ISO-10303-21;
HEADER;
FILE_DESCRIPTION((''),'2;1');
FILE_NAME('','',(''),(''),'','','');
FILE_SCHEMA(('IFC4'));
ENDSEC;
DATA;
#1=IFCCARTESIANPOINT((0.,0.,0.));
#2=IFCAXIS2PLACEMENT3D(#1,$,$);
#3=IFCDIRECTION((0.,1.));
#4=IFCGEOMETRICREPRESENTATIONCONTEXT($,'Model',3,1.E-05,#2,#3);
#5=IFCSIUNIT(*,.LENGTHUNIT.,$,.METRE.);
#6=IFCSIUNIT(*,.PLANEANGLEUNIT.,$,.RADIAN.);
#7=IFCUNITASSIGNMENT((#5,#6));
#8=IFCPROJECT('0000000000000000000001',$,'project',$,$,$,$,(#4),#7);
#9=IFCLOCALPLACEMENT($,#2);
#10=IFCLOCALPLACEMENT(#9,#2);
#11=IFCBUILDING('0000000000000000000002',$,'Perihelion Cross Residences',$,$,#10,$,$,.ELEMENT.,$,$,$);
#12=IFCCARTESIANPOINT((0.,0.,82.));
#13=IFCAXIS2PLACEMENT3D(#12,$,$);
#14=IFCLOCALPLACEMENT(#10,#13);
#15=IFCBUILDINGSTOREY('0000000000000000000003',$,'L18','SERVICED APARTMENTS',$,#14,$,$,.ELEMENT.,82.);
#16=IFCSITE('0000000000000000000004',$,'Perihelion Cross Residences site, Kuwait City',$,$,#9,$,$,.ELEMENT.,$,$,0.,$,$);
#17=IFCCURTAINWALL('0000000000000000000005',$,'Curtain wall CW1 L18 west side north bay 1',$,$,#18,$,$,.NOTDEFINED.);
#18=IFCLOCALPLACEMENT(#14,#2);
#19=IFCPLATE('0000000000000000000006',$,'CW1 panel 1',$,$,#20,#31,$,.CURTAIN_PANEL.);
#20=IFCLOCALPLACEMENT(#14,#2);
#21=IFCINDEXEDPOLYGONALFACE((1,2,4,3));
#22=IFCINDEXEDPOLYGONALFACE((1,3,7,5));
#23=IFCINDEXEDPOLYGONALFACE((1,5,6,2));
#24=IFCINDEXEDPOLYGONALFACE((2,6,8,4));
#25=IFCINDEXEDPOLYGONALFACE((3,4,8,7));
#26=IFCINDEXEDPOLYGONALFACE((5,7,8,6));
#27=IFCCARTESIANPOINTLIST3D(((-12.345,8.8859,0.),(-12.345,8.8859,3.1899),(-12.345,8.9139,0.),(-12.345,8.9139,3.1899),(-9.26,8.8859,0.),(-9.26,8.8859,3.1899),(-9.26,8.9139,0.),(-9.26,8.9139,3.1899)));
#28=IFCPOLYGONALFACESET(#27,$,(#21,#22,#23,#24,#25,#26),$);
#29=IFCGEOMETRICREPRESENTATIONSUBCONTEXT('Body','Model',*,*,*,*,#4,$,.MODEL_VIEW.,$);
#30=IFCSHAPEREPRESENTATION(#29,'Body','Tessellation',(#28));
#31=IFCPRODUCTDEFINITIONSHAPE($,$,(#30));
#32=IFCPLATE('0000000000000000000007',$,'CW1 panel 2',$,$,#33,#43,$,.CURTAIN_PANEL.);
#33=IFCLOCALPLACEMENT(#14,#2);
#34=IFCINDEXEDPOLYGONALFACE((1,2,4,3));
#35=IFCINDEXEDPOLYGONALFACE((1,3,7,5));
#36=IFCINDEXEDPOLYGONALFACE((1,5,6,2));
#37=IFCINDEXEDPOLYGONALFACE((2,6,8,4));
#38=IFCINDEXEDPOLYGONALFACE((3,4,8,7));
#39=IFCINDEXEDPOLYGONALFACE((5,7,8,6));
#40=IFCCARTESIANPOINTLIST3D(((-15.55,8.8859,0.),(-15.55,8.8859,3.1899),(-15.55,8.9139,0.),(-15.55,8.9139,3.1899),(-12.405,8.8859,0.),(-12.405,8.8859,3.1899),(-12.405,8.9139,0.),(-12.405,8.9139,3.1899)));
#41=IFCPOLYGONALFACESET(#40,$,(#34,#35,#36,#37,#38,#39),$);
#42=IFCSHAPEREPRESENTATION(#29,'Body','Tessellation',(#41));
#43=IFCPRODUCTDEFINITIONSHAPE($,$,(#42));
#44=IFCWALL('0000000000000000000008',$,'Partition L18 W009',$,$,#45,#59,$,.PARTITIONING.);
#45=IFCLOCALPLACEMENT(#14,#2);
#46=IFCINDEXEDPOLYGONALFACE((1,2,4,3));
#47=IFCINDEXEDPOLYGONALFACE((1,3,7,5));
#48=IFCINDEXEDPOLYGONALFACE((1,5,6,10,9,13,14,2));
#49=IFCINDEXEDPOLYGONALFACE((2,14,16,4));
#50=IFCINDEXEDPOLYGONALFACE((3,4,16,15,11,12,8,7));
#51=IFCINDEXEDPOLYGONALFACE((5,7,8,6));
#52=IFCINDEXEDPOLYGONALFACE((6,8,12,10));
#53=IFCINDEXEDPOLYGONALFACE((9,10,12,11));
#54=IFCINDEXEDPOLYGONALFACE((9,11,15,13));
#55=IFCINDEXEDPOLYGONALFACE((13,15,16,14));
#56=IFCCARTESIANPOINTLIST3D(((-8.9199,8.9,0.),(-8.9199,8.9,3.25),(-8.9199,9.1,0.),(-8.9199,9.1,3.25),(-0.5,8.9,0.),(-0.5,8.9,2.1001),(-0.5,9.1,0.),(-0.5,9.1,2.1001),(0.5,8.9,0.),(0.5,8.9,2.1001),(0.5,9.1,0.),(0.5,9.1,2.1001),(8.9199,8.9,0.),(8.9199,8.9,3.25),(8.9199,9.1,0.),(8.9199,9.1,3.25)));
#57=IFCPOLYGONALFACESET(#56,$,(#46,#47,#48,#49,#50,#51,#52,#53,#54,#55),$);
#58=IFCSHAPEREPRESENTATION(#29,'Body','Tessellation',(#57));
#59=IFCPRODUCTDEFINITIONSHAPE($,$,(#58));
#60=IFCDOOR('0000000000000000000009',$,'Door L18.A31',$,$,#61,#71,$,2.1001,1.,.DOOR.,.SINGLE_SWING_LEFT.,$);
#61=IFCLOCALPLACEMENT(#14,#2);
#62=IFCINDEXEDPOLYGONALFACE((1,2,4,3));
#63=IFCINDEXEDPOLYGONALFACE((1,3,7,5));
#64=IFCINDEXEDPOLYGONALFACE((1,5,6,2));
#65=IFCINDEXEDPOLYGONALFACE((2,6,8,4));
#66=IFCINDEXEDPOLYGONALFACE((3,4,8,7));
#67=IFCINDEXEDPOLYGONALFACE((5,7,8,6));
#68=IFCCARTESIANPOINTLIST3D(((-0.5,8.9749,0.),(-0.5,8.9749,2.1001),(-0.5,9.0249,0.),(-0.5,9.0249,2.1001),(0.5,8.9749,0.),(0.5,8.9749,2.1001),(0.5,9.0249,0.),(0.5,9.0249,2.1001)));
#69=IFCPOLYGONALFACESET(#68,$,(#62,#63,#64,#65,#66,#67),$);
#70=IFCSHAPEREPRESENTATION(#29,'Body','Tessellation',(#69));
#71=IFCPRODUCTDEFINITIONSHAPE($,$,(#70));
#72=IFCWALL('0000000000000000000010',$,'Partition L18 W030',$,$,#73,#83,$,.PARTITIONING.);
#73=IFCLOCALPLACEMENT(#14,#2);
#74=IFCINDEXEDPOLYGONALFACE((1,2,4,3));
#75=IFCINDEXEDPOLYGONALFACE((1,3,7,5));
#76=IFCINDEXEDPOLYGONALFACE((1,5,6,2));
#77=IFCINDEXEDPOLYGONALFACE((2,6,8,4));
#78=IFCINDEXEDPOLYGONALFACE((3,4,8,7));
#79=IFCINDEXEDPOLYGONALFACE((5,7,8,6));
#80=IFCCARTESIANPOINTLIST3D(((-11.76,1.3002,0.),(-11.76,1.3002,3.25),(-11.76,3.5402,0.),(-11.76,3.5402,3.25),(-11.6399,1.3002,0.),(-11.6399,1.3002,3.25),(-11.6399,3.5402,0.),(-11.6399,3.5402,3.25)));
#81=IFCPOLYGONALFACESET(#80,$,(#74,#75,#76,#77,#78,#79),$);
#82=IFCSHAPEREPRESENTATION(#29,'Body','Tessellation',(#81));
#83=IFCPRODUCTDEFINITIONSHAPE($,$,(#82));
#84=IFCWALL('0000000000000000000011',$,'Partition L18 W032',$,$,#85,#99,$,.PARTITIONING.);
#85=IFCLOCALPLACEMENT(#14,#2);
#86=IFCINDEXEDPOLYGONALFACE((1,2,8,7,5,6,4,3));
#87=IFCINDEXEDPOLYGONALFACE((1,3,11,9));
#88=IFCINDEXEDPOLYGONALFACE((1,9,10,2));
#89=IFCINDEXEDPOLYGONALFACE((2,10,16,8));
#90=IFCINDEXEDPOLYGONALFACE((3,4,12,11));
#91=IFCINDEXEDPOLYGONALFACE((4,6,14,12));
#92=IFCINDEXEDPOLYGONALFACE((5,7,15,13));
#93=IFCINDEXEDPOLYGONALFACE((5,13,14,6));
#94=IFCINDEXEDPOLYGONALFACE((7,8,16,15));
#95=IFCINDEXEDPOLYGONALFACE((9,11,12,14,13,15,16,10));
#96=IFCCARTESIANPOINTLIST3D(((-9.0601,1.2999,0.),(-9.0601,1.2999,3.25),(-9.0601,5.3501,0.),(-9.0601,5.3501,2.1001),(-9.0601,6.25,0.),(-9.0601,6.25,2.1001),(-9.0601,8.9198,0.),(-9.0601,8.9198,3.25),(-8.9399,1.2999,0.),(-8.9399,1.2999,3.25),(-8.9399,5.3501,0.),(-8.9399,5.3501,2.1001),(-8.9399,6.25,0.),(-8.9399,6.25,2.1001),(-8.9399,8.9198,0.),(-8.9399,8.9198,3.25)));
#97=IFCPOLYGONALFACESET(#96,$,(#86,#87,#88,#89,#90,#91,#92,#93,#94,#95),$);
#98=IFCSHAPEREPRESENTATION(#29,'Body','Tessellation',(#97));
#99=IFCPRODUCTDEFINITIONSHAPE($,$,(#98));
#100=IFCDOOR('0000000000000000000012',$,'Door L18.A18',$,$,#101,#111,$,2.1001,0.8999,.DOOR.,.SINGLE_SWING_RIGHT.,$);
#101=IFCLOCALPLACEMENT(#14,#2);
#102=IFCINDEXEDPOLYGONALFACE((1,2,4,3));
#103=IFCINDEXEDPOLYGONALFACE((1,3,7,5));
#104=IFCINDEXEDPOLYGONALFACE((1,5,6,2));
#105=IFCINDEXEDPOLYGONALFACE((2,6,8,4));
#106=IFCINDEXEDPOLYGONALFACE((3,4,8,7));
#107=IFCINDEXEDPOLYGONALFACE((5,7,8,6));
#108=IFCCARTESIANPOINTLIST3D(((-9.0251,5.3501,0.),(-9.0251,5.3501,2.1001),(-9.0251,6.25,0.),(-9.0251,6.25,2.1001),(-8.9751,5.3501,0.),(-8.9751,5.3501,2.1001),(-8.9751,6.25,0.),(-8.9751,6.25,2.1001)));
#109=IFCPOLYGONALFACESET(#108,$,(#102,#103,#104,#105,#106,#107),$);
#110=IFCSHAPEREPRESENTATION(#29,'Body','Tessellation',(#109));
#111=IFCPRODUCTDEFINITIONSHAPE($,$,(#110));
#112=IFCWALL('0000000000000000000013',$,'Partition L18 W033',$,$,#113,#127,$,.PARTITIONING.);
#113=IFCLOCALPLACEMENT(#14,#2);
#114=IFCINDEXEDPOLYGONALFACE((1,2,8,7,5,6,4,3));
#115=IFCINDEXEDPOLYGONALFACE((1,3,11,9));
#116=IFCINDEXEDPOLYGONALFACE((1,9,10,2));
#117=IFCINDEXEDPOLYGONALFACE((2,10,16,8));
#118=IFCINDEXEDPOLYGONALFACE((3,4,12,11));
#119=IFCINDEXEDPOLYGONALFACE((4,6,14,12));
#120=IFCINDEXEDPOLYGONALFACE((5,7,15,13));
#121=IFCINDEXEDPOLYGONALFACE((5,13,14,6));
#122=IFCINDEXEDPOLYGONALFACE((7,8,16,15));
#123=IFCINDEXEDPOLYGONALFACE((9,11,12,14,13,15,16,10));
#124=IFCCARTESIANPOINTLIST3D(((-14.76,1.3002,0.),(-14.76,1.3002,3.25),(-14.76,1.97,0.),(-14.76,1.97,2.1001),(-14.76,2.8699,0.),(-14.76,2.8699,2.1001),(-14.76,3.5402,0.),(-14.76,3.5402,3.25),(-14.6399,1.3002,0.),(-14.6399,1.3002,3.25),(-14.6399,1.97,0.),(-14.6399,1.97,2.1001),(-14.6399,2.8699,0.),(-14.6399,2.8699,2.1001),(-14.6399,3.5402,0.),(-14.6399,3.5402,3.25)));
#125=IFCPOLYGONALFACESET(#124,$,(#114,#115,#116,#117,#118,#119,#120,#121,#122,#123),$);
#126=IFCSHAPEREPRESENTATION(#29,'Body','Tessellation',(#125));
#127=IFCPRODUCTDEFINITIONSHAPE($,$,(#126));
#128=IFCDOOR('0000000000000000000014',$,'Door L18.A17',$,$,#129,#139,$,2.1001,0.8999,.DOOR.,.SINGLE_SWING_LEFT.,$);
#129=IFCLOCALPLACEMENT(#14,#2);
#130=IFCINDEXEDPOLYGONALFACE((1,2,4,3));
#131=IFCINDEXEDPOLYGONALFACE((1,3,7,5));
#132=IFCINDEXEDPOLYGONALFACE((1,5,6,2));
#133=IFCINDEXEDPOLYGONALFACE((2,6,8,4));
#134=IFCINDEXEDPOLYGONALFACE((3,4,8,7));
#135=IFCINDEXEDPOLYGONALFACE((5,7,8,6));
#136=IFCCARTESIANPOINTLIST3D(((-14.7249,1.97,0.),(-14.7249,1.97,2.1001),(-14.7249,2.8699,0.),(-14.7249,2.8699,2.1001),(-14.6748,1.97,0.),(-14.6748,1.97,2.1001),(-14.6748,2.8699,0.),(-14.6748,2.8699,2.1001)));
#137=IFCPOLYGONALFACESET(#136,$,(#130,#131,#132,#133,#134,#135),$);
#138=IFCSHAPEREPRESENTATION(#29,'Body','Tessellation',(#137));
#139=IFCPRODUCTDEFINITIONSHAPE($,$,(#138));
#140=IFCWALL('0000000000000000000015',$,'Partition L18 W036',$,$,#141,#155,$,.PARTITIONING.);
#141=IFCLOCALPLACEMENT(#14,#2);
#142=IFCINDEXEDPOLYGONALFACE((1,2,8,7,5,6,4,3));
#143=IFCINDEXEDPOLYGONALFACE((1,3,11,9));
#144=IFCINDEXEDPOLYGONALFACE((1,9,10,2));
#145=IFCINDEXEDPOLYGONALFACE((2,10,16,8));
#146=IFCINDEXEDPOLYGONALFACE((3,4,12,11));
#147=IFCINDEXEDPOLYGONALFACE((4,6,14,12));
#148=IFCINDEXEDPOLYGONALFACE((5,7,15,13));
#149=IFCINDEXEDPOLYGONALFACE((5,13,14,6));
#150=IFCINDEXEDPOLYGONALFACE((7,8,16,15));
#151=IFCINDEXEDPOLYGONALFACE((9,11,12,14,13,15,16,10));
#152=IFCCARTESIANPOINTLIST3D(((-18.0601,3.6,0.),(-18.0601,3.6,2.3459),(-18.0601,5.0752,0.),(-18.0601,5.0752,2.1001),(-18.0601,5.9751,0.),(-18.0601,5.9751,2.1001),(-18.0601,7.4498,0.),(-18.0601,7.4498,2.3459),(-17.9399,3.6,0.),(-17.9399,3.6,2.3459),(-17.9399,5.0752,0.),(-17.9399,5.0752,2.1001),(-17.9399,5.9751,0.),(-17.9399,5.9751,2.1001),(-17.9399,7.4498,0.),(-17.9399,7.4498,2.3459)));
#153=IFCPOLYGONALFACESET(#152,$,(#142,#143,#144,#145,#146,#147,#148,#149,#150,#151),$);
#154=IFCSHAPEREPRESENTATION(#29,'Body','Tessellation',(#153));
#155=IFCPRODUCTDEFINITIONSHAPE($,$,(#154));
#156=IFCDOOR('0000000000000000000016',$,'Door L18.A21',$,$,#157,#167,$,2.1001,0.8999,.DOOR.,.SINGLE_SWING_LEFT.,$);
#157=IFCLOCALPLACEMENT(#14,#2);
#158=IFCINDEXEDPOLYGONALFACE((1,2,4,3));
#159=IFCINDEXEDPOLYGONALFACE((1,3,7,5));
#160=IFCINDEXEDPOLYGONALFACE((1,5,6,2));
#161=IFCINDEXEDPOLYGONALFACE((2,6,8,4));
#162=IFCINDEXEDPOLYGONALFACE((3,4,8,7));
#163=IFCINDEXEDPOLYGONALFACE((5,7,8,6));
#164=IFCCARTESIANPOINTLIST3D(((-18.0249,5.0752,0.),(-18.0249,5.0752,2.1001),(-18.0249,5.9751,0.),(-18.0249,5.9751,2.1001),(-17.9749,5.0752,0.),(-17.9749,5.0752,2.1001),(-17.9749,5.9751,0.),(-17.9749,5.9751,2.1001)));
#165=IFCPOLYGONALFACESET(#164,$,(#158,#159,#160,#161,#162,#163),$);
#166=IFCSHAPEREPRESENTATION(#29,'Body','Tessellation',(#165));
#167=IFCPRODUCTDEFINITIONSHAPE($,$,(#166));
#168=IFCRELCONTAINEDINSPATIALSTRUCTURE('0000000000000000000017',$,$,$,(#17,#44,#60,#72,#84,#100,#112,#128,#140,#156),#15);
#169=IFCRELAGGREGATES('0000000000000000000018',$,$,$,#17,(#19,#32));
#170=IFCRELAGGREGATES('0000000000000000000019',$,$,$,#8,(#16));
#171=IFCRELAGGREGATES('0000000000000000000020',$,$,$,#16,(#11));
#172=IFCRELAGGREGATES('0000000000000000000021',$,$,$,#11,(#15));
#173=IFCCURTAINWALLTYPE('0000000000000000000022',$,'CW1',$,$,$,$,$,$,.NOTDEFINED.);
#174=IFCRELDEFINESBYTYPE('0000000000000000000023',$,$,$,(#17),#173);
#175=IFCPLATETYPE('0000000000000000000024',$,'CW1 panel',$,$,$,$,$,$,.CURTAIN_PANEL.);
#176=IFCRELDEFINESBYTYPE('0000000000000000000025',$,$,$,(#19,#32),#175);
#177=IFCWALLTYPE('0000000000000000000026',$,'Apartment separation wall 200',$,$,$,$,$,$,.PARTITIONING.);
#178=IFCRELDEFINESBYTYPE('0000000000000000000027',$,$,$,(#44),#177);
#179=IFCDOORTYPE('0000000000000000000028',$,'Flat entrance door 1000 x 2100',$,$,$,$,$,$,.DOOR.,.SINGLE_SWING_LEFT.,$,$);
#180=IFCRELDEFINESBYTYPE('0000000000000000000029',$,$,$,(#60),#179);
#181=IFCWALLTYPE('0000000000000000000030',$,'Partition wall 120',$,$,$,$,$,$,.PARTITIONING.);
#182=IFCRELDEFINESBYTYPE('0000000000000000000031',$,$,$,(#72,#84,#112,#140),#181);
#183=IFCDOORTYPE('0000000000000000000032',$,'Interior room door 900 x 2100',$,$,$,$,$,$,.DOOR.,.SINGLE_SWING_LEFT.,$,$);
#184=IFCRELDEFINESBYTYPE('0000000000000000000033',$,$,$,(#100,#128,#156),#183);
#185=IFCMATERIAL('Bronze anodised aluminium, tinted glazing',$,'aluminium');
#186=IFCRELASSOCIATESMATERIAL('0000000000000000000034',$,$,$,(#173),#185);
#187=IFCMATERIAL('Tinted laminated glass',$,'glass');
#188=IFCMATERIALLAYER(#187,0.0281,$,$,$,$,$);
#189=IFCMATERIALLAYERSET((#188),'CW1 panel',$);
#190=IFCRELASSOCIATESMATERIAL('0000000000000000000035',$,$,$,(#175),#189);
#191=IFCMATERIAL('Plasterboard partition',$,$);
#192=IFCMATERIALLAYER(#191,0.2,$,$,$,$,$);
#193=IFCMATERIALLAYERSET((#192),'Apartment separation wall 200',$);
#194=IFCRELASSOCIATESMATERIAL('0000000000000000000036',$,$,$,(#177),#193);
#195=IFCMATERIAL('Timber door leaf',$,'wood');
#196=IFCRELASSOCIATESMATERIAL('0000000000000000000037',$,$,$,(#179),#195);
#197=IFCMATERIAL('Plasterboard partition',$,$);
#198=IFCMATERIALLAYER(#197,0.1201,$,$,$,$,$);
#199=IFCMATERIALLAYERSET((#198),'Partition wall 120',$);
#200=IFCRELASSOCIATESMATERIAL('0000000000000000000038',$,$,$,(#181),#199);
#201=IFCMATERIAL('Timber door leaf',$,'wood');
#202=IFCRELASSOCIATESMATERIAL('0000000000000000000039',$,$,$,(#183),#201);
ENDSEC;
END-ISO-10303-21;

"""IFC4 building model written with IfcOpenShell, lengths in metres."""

from ifc_helpers import new_model, si_unit, direction, frame, frame_2d, origin, origin_2d, place, context, subcontext, project, spatial, rectangle, extrude, material, layer, layer_set, type_object, element, fill, aggregate, save


model = new_model("IFC4")

# Units and contexts
model_context = context("Model", 3, precision=1e-05, world=origin(), true_north=direction((0.0, 1.0)))
body_context = subcontext(model_context, "Body", "Model", "MODEL_VIEW")
ifc_project = project(units=[si_unit("LENGTHUNIT", "METRE"), si_unit("PLANEANGLEUNIT", "RADIAN")], contexts=[model_context])

# Site, building, storey
site_placement = place(None, origin())
site = spatial("IfcSite", under=ifc_project, at=site_placement, Name="Perihelion Cross Residences site, Kuwait City", CompositionType="ELEMENT", RefElevation=0.0)
building_placement = place(site_placement, origin())
building = spatial("IfcBuilding", under=site, at=building_placement, Name="Perihelion Cross Residences", CompositionType="ELEMENT")
storey_placement = place(building_placement, frame((0.0, 0.0, 82.0)))
storey = spatial("IfcBuildingStorey", under=building, at=storey_placement, Name="L18", Description="SERVICED APARTMENTS", CompositionType="ELEMENT", Elevation=82.0)

# Shared definitions
ifc_material_1 = material(Name="Bronze anodised aluminium, tinted glazing", Category="aluminium")
curtain_wall_type = type_object("IfcCurtainWallType", Name="CW1", PredefinedType="NOTDEFINED", material=ifc_material_1)

# Curtain wall
curtain_wall_1_placement = place(storey_placement, origin())
curtain_wall_1 = element("IfcCurtainWall", 1, at=curtain_wall_1_placement, inside=storey, type_object=curtain_wall_type, Name="Curtain wall CW1 L18 west side north bay 1", PredefinedType="NOTDEFINED")

# Plates
ifc_material_2 = material(Name="Tinted laminated glass", Category="glass")
ifc_layer_1 = layer(ifc_material_2, 0.0281)
ifc_layer_set_1 = layer_set([ifc_layer_1], Name="CW1 panel")
plate_type = type_object("IfcPlateType", Name="CW1 panel", PredefinedType="CURTAIN_PANEL", material=ifc_layer_set_1)
plate_1_placement = place(storey_placement, frame((-10.8025, 8.8999, 0.0), z_axis=(0.0, 0.0, 1.0), x_axis=(-1.0, 0.0, 0.0)))
plate_1 = element("IfcPlate", 2, at=plate_1_placement, type_object=plate_type, Name="CW1 panel 1", PredefinedType="CURTAIN_PANEL", context=body_context, shape_type="SweptSolid", body=[
    extrude(rectangle(XDim=3.085, YDim=0.0281, at=origin_2d()), origin(), (0.0, 0.0, 1.0), 3.1899),
])
plate_2_placement = place(storey_placement, frame((-13.9775, 8.8999, 0.0), z_axis=(0.0, 0.0, 1.0), x_axis=(-1.0, 0.0, 0.0)))
plate_2 = element("IfcPlate", 3, at=plate_2_placement, type_object=plate_type, Name="CW1 panel 2", PredefinedType="CURTAIN_PANEL", context=body_context, shape_type="SweptSolid", body=[
    extrude(rectangle(XDim=3.145, YDim=0.0281, at=origin_2d()), origin(), (0.0, 0.0, 1.0), 3.1899),
])
aggregate(curtain_wall_1, [plate_1, plate_2])

# Wall, opening, door
ifc_material_3 = material(Name="Plasterboard partition")
ifc_layer_2 = layer(ifc_material_3, 0.2)
ifc_layer_set_2 = layer_set([ifc_layer_2], Name="Apartment separation wall 200")
wall_type_1 = type_object("IfcWallType", Name="Apartment separation wall 200", PredefinedType="PARTITIONING", material=ifc_layer_set_2)
wall_1_placement = place(storey_placement, frame((-8.9199, 9.0, 0.0), z_axis=(0.0, 0.0, 1.0), x_axis=(1.0, 0.0, 0.0)))
wall_1 = element("IfcWall", 4, at=wall_1_placement, inside=storey, type_object=wall_type_1, Name="Partition L18 W009", PredefinedType="PARTITIONING", context=body_context, shape_type="SweptSolid", body=[
    extrude(rectangle(XDim=17.8398, YDim=0.2, at=frame_2d((8.9199, 0.0))), origin(), (0.0, 0.0, 1.0), 3.25),
])
opening_1_placement = place(wall_1_placement, frame((8.4199, 0.0, 0.0)))
opening_1 = element("IfcOpeningElement", 5, at=opening_1_placement, cuts=wall_1, PredefinedType="OPENING", context=body_context, shape_type="SweptSolid", body=[
    extrude(rectangle(XDim=1.0, YDim=2.1001, at=frame_2d((0.5, 1.05))), frame((0.0, 0.1099, 0.0), z_axis=(0.0, -1.0, 0.0), x_axis=(1.0, 0.0, 0.0)), (0.0, 0.0, 1.0), 0.22),
])
ifc_material_4 = material(Name="Timber door leaf", Category="wood")
door_type_1 = type_object("IfcDoorType", Name="Flat entrance door 1000 x 2100", OperationType="SINGLE_SWING_LEFT", PredefinedType="DOOR", material=ifc_material_4)
door_1_placement = place(opening_1_placement, origin())
door_1 = element("IfcDoor", 6, at=door_1_placement, inside=storey, type_object=door_type_1, Name="Door L18.A31", OperationType="SINGLE_SWING_LEFT", OverallHeight=2.1001, OverallWidth=1.0, PredefinedType="DOOR", context=body_context, shape_type="SweptSolid", body=[
    extrude(rectangle(XDim=1.0, YDim=2.1001, at=frame_2d((0.5, 1.05))), frame((0.0, 0.0249, 0.0), z_axis=(0.0, -1.0, 0.0), x_axis=(1.0, 0.0, 0.0)), (0.0, 0.0, 1.0), 0.05),
])
fill(opening_1, door_1)

# Wall
ifc_material_5 = material(Name="Plasterboard partition")
ifc_layer_3 = layer(ifc_material_5, 0.1201)
ifc_layer_set_3 = layer_set([ifc_layer_3], Name="Partition wall 120")
wall_type_2 = type_object("IfcWallType", Name="Partition wall 120", PredefinedType="PARTITIONING", material=ifc_layer_set_3)
wall_2_placement = place(storey_placement, frame((-11.7, 1.3, 0.0), z_axis=(0.0, 0.0, 1.0), x_axis=(0.0, 1.0, 0.0)))
element("IfcWall", 7, at=wall_2_placement, inside=storey, type_object=wall_type_2, Name="Partition L18 W030", PredefinedType="PARTITIONING", context=body_context, shape_type="SweptSolid", body=[
    extrude(rectangle(XDim=2.24, YDim=0.1201, at=frame_2d((1.1201, 0.0))), origin(), (0.0, 0.0, 1.0), 3.25),
])

# Walls, openings, doors
wall_3_placement = place(storey_placement, frame((-9.0, 8.9199, 0.0), z_axis=(0.0, 0.0, 1.0), x_axis=(0.0, -1.0, 0.0)))
wall_3 = element("IfcWall", 8, at=wall_3_placement, inside=storey, type_object=wall_type_2, Name="Partition L18 W032", PredefinedType="PARTITIONING", context=body_context, shape_type="SweptSolid", body=[
    extrude(rectangle(XDim=7.6199, YDim=0.1201, at=frame_2d((3.8101, 0.0))), origin(), (0.0, 0.0, 1.0), 3.25),
])
opening_2_placement = place(wall_3_placement, frame((2.6699, 0.0, 0.0)))
opening_2 = element("IfcOpeningElement", 9, at=opening_2_placement, cuts=wall_3, PredefinedType="OPENING", context=body_context, shape_type="SweptSolid", body=[
    extrude(rectangle(XDim=0.8999, YDim=2.1001, at=frame_2d((0.45, 1.05))), frame((0.0, 0.0701, 0.0), z_axis=(0.0, -1.0, 0.0), x_axis=(1.0, 0.0, 0.0)), (0.0, 0.0, 1.0), 0.1401),
])
ifc_material_6 = material(Name="Timber door leaf", Category="wood")
door_type_2 = type_object("IfcDoorType", Name="Interior room door 900 x 2100", OperationType="SINGLE_SWING_LEFT", PredefinedType="DOOR", material=ifc_material_6)
door_2_placement = place(opening_2_placement, origin())
door_2 = element("IfcDoor", 10, at=door_2_placement, inside=storey, type_object=door_type_2, Name="Door L18.A18", OperationType="SINGLE_SWING_RIGHT", OverallHeight=2.1001, OverallWidth=0.8999, PredefinedType="DOOR", context=body_context, shape_type="SweptSolid", body=[
    extrude(rectangle(XDim=0.8999, YDim=2.1001, at=frame_2d((0.45, 1.05))), frame((0.0, 0.0249, 0.0), z_axis=(0.0, -1.0, 0.0), x_axis=(1.0, 0.0, 0.0)), (0.0, 0.0, 1.0), 0.05),
])
fill(opening_2, door_2)
wall_4_placement = place(storey_placement, frame((-14.7, 1.3, 0.0), z_axis=(0.0, 0.0, 1.0), x_axis=(0.0, 1.0, 0.0)))
wall_4 = element("IfcWall", 11, at=wall_4_placement, inside=storey, type_object=wall_type_2, Name="Partition L18 W033", PredefinedType="PARTITIONING", context=body_context, shape_type="SweptSolid", body=[
    extrude(rectangle(XDim=2.24, YDim=0.1201, at=frame_2d((1.1201, 0.0))), origin(), (0.0, 0.0, 1.0), 3.25),
])
opening_3_placement = place(wall_4_placement, frame((0.6699, 0.0, 0.0)))
opening_3 = element("IfcOpeningElement", 12, at=opening_3_placement, cuts=wall_4, PredefinedType="OPENING", context=body_context, shape_type="SweptSolid", body=[
    extrude(rectangle(XDim=0.8999, YDim=2.1001, at=frame_2d((0.45, 1.05))), frame((0.0, 0.0701, 0.0), z_axis=(0.0, -1.0, 0.0), x_axis=(1.0, 0.0, 0.0)), (0.0, 0.0, 1.0), 0.1401),
])
door_3_placement = place(opening_3_placement, origin())
door_3 = element("IfcDoor", 13, at=door_3_placement, inside=storey, type_object=door_type_2, Name="Door L18.A17", OperationType="SINGLE_SWING_LEFT", OverallHeight=2.1001, OverallWidth=0.8999, PredefinedType="DOOR", context=body_context, shape_type="SweptSolid", body=[
    extrude(rectangle(XDim=0.8999, YDim=2.1001, at=frame_2d((0.45, 1.05))), frame((0.0, 0.0249, 0.0), z_axis=(0.0, -1.0, 0.0), x_axis=(1.0, 0.0, 0.0)), (0.0, 0.0, 1.0), 0.05),
])
fill(opening_3, door_3)
wall_5_placement = place(storey_placement, frame((-18.0, 3.6001, 0.0), z_axis=(0.0, 0.0, 1.0), x_axis=(0.0, 1.0, 0.0)))
wall_5 = element("IfcWall", 14, at=wall_5_placement, inside=storey, type_object=wall_type_2, Name="Partition L18 W036", PredefinedType="PARTITIONING", context=body_context, shape_type="SweptSolid", body=[
    extrude(rectangle(XDim=3.8499, YDim=0.1201, at=frame_2d((1.9248, 0.0))), origin(), (0.0, 0.0, 1.0), 2.3459),
])
opening_4_placement = place(wall_5_placement, frame((1.4751, 0.0, 0.0)))
opening_4 = element("IfcOpeningElement", 15, at=opening_4_placement, cuts=wall_5, PredefinedType="OPENING", context=body_context, shape_type="SweptSolid", body=[
    extrude(rectangle(XDim=0.8999, YDim=2.1001, at=frame_2d((0.45, 1.05))), frame((0.0, 0.0701, 0.0), z_axis=(0.0, -1.0, 0.0), x_axis=(1.0, 0.0, 0.0)), (0.0, 0.0, 1.0), 0.1401),
])
door_4_placement = place(opening_4_placement, origin())
door_4 = element("IfcDoor", 16, at=door_4_placement, inside=storey, type_object=door_type_2, Name="Door L18.A21", OperationType="SINGLE_SWING_LEFT", OverallHeight=2.1001, OverallWidth=0.8999, PredefinedType="DOOR", context=body_context, shape_type="SweptSolid", body=[
    extrude(rectangle(XDim=0.8999, YDim=2.1001, at=frame_2d((0.45, 1.05))), frame((0.0, 0.0249, 0.0), z_axis=(0.0, -1.0, 0.0), x_axis=(1.0, 0.0, 0.0)), (0.0, 0.0, 1.0), 0.05),
])
fill(opening_4, door_4)

save(model, "model.ifc")
